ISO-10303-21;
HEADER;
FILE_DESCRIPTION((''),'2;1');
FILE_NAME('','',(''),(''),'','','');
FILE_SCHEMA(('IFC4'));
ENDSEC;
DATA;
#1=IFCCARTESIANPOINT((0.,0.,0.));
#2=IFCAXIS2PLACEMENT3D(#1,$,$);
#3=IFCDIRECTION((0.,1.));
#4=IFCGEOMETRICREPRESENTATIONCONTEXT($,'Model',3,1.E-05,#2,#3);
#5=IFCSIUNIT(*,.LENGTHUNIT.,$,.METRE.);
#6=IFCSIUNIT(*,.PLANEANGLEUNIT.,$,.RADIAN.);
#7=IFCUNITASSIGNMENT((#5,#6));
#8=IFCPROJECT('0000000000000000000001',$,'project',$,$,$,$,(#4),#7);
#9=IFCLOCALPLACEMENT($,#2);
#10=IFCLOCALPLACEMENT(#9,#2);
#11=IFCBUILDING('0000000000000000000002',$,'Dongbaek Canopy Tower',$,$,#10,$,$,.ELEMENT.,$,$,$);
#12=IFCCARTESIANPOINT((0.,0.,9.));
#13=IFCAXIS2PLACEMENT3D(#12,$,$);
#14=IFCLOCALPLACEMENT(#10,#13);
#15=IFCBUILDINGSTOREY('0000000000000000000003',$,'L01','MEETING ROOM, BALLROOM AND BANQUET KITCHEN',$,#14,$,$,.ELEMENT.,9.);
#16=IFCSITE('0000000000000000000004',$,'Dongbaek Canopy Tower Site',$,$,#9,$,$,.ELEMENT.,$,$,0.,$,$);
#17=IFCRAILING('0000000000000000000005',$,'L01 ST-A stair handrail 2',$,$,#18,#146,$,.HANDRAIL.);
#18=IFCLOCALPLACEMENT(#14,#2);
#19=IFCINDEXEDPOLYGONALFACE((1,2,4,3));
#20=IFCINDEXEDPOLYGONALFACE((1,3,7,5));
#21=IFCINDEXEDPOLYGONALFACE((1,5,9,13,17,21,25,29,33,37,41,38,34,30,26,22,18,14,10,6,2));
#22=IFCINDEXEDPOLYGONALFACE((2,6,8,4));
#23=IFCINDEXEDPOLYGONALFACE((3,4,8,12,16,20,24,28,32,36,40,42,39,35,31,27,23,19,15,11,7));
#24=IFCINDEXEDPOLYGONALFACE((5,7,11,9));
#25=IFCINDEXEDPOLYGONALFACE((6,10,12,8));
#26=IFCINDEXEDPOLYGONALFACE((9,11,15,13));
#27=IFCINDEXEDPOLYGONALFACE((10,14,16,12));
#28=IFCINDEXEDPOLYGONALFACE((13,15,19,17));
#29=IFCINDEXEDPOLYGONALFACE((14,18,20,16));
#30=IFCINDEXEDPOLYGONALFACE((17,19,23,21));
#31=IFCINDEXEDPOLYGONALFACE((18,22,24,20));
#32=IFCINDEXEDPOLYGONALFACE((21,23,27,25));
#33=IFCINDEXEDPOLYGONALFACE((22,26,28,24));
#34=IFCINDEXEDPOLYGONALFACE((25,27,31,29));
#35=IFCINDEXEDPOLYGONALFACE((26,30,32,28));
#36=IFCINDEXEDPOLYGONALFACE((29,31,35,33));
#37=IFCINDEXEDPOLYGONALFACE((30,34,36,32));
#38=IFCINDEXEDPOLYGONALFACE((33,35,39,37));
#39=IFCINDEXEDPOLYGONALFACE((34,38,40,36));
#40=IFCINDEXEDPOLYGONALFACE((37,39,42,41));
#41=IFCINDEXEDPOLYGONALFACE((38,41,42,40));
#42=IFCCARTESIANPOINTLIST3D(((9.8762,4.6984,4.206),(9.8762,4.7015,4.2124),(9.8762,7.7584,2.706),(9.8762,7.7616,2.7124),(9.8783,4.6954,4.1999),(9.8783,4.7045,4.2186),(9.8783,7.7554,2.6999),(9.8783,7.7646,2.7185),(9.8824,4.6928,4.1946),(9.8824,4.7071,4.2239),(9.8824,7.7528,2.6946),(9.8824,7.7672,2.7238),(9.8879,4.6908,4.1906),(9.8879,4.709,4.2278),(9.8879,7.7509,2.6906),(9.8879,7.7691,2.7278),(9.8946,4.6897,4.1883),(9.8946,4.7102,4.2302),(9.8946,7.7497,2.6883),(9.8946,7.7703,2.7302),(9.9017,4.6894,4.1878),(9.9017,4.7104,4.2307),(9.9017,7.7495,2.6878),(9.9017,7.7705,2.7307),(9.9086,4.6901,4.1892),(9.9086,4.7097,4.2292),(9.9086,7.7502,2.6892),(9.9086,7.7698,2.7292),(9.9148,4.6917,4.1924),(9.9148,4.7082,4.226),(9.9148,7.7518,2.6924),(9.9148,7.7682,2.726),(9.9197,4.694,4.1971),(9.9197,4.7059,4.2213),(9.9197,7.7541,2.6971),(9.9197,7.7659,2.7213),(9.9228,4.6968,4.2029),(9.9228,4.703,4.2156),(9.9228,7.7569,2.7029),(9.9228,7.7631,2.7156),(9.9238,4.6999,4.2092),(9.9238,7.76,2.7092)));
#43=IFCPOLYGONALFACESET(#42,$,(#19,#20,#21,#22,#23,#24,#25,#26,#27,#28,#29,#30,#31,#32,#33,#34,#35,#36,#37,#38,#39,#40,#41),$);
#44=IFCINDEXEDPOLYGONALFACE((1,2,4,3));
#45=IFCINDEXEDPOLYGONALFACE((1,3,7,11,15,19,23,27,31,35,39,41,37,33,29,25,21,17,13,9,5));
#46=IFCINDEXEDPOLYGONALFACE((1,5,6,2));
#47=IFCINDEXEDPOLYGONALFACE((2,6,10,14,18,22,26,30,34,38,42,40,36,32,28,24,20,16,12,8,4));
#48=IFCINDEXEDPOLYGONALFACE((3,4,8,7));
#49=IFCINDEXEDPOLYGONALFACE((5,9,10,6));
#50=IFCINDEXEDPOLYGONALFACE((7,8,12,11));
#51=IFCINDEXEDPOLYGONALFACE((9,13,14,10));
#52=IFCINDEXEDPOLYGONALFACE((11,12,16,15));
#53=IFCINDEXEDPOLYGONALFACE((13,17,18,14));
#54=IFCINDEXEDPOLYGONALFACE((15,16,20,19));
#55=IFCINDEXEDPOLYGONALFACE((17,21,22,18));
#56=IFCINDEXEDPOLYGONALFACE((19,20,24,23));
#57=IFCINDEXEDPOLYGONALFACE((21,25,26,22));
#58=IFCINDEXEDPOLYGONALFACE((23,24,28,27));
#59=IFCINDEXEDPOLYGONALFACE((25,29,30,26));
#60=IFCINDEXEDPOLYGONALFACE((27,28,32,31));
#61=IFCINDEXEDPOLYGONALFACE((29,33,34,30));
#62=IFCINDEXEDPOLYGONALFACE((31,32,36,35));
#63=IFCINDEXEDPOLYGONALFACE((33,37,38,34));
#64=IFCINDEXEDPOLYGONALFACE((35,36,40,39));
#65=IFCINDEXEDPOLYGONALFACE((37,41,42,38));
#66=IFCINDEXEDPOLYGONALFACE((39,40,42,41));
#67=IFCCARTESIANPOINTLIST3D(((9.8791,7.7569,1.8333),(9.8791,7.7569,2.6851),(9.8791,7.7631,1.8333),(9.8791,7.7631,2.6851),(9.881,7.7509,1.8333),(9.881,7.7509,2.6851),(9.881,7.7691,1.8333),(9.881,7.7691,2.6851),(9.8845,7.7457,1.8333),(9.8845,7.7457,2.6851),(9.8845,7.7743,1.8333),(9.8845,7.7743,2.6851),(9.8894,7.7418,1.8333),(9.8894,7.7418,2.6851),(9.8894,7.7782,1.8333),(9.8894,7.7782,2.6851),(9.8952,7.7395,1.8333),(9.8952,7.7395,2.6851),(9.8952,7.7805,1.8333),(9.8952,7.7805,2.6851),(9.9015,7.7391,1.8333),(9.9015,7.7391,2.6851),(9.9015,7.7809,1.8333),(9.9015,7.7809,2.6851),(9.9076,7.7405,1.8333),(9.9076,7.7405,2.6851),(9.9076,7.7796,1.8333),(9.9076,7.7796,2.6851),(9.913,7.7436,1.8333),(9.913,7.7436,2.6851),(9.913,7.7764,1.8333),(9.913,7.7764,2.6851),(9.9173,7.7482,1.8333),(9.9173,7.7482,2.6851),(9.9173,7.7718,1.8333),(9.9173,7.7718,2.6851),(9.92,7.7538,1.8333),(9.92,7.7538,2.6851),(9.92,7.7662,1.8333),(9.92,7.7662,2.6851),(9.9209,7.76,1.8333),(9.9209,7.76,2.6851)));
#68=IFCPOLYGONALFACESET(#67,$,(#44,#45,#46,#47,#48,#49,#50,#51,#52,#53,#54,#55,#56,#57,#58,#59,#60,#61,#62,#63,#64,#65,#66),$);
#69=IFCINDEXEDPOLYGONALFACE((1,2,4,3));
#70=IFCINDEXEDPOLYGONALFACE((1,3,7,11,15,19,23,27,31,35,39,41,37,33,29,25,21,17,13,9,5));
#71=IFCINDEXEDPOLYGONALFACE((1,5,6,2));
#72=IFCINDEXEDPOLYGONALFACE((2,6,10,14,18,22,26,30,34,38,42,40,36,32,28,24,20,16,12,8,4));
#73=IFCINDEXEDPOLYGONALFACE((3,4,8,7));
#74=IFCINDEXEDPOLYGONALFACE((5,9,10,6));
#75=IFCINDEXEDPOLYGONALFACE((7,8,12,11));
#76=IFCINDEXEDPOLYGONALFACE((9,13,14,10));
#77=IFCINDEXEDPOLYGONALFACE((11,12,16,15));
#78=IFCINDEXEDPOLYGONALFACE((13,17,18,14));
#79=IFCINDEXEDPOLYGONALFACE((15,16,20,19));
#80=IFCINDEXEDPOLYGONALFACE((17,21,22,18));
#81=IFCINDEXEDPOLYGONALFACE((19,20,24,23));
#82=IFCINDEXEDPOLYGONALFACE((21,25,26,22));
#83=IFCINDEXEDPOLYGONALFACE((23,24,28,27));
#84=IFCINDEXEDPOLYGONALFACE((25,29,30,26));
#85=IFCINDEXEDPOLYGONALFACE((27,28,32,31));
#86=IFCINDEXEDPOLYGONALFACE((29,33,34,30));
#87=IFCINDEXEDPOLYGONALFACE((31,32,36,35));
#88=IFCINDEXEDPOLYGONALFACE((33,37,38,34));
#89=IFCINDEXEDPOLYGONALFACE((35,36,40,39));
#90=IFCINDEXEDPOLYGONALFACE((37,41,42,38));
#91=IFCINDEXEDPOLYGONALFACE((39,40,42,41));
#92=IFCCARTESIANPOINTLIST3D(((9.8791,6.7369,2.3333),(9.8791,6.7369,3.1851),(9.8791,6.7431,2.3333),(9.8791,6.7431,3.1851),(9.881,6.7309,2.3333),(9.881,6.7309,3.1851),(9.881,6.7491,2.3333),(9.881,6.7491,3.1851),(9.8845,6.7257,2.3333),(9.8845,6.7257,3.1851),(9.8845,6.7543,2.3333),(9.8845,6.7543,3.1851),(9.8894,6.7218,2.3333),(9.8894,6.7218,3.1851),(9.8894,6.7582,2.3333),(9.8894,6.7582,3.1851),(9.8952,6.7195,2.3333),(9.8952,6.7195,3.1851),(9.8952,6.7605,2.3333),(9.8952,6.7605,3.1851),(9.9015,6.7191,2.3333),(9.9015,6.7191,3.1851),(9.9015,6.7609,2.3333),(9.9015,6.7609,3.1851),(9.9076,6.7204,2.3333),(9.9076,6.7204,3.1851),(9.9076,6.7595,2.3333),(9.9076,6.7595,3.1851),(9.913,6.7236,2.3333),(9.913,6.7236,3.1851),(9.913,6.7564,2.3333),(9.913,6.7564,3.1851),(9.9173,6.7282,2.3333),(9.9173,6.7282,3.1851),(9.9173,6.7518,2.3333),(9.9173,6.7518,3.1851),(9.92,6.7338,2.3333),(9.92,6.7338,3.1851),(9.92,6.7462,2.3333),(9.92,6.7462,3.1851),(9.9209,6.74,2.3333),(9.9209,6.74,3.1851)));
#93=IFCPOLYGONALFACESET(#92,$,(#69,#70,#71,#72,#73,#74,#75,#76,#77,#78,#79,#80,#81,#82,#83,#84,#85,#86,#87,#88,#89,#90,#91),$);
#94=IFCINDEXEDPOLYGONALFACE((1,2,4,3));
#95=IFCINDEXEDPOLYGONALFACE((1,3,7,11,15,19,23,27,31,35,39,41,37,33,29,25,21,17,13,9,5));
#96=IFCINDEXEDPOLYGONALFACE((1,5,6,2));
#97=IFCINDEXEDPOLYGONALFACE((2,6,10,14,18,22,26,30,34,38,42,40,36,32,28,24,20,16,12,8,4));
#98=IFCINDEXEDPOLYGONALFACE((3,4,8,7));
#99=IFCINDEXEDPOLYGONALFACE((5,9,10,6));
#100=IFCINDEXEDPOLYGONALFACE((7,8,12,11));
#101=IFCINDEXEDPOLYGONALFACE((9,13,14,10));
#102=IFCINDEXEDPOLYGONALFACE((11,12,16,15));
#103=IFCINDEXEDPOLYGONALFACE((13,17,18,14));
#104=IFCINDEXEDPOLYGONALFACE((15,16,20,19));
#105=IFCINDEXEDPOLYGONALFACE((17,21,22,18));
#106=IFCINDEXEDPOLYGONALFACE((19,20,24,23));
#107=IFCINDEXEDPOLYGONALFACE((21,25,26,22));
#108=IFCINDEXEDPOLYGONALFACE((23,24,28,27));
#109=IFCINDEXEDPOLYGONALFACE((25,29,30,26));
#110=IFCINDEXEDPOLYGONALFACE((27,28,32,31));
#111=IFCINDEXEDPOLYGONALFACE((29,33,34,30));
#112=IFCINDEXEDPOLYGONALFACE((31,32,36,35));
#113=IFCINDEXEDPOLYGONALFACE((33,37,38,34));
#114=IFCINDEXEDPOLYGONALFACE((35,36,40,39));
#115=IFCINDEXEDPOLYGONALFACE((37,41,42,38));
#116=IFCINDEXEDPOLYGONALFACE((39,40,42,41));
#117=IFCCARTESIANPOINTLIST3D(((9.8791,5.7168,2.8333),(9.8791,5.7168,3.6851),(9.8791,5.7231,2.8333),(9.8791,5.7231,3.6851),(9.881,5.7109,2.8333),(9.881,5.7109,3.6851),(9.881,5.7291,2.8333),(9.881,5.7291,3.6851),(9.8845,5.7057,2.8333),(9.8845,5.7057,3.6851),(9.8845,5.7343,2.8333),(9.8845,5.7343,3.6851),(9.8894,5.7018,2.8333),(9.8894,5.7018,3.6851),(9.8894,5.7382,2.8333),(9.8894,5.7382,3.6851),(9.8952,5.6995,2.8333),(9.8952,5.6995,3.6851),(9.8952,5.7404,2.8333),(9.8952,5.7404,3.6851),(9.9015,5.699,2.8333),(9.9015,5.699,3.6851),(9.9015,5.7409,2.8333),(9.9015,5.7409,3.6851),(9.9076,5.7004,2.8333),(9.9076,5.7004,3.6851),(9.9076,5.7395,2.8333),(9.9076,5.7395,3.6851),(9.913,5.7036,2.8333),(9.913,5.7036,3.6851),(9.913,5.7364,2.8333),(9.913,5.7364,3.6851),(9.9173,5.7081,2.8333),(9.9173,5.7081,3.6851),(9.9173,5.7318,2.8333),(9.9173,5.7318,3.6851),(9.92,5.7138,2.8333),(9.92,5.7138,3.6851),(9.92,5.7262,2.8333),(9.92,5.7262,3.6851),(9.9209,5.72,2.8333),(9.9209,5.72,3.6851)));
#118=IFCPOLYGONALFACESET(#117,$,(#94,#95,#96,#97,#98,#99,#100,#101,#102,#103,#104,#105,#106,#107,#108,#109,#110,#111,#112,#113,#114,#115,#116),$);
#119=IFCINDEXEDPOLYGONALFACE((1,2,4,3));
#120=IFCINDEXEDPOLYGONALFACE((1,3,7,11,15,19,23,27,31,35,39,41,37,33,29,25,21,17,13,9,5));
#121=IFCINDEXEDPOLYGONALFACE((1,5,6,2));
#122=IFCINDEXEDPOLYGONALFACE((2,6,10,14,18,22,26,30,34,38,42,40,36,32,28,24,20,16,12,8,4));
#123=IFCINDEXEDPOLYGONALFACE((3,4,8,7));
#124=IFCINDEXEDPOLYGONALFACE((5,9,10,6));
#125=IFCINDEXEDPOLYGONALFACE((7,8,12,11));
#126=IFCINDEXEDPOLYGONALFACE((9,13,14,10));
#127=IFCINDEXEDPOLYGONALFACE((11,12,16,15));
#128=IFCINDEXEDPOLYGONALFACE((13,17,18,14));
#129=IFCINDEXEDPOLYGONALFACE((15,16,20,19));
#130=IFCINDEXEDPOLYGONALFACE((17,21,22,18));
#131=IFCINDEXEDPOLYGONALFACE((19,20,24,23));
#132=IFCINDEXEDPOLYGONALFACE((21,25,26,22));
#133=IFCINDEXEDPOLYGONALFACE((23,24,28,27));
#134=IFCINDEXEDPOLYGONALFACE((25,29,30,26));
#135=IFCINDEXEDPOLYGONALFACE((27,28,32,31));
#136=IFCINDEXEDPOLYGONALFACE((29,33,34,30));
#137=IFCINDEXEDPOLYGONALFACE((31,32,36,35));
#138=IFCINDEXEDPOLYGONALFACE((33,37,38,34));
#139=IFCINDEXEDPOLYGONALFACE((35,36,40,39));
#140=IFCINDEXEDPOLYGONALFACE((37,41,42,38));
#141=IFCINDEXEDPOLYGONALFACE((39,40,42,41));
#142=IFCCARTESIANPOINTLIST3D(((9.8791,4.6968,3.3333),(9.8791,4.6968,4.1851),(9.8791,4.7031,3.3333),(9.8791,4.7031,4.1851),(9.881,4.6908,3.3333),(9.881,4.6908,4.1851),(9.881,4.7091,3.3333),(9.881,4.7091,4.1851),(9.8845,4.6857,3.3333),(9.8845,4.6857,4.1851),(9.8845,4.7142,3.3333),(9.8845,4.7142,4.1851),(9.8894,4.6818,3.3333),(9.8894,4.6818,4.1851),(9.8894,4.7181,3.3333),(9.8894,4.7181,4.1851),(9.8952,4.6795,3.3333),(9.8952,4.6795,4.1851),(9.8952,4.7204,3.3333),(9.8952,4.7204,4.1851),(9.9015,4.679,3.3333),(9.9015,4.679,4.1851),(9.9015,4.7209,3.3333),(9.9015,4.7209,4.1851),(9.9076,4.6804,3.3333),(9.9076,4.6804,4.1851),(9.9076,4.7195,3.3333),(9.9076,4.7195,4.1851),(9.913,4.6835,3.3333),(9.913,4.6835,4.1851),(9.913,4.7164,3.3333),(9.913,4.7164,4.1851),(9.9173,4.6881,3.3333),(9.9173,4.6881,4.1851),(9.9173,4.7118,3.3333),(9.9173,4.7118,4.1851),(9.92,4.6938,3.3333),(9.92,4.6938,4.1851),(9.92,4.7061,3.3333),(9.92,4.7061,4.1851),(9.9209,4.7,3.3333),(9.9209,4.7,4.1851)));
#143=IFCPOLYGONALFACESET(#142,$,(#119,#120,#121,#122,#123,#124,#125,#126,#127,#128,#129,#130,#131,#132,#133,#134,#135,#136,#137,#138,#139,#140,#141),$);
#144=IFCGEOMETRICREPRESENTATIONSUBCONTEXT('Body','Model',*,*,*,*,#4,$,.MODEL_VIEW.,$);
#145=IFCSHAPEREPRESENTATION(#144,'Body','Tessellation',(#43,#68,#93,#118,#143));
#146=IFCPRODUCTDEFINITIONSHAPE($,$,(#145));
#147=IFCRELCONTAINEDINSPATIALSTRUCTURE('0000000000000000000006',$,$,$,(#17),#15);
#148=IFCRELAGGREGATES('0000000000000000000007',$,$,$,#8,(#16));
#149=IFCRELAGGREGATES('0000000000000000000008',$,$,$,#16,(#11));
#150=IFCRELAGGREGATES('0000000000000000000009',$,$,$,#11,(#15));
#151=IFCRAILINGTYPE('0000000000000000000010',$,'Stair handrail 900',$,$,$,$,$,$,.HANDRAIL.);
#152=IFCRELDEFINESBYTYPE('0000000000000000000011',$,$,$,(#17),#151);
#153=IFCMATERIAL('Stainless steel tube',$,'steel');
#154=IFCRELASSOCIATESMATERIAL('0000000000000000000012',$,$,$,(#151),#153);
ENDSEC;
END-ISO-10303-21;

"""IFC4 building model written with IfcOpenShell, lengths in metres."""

from ifc_helpers import new_model, si_unit, direction, frame, origin, origin_2d, place, context, subcontext, project, spatial, circle, extrude, material, type_object, element, save


model = new_model("IFC4")

# Units and contexts
model_context = context("Model", 3, precision=1e-05, world=origin(), true_north=direction((0.0, 1.0)))
body_context = subcontext(model_context, "Body", "Model", "MODEL_VIEW")
ifc_project = project(units=[si_unit("LENGTHUNIT", "METRE"), si_unit("PLANEANGLEUNIT", "RADIAN")], contexts=[model_context])

# Site, building, storey
site_placement = place(None, origin())
site = spatial("IfcSite", under=ifc_project, at=site_placement, Name="Dongbaek Canopy Tower Site", CompositionType="ELEMENT", RefElevation=0.0)
building_placement = place(site_placement, origin())
building = spatial("IfcBuilding", under=site, at=building_placement, Name="Dongbaek Canopy Tower", CompositionType="ELEMENT")
storey_placement = place(building_placement, frame((0.0, 0.0, 9.0)))
storey = spatial("IfcBuildingStorey", under=building, at=storey_placement, Name="L01", Description="MEETING ROOM, BALLROOM AND BANQUET KITCHEN", CompositionType="ELEMENT", Elevation=9.0)

# Railing
ifc_material_1 = material(Name="Stainless steel tube", Category="steel")
railing_type_1 = type_object("IfcRailingType", Name="Stair handrail 900", PredefinedType="HANDRAIL", material=ifc_material_1)
for number, where, name in (
    (1, (9.8999, 7.76, 1.8333), "L01 ST-A stair handrail 2"),
):
    element("IfcRailing", number, at=place(storey_placement, frame(where)), inside=storey, type_object=railing_type_1, Name=name, PredefinedType="HANDRAIL", context=body_context, shape_type="SweptSolid", body=[
        extrude(circle(Radius=0.0239, at=origin_2d()), frame((0.0, 0.0, 0.876), z_axis=(0.0, -0.897924, 0.44015), x_axis=(1.0, 0.0, 0.0)), (0.0, 0.0, 1.0), 3.408),
        extrude(circle(Radius=0.021, at=origin_2d()), origin(), (0.0, 0.0, 1.0), 0.8518),
        extrude(circle(Radius=0.021, at=origin_2d()), frame((0.0, -1.02, 0.5)), (0.0, 0.0, 1.0), 0.8518),
        extrude(circle(Radius=0.021, at=origin_2d()), frame((0.0, -2.04, 1.0)), (0.0, 0.0, 1.0), 0.8518),
        extrude(circle(Radius=0.021, at=origin_2d()), frame((0.0, -3.0601, 1.5)), (0.0, 0.0, 1.0), 0.8518),
    ])

save(model, "model.ifc")
